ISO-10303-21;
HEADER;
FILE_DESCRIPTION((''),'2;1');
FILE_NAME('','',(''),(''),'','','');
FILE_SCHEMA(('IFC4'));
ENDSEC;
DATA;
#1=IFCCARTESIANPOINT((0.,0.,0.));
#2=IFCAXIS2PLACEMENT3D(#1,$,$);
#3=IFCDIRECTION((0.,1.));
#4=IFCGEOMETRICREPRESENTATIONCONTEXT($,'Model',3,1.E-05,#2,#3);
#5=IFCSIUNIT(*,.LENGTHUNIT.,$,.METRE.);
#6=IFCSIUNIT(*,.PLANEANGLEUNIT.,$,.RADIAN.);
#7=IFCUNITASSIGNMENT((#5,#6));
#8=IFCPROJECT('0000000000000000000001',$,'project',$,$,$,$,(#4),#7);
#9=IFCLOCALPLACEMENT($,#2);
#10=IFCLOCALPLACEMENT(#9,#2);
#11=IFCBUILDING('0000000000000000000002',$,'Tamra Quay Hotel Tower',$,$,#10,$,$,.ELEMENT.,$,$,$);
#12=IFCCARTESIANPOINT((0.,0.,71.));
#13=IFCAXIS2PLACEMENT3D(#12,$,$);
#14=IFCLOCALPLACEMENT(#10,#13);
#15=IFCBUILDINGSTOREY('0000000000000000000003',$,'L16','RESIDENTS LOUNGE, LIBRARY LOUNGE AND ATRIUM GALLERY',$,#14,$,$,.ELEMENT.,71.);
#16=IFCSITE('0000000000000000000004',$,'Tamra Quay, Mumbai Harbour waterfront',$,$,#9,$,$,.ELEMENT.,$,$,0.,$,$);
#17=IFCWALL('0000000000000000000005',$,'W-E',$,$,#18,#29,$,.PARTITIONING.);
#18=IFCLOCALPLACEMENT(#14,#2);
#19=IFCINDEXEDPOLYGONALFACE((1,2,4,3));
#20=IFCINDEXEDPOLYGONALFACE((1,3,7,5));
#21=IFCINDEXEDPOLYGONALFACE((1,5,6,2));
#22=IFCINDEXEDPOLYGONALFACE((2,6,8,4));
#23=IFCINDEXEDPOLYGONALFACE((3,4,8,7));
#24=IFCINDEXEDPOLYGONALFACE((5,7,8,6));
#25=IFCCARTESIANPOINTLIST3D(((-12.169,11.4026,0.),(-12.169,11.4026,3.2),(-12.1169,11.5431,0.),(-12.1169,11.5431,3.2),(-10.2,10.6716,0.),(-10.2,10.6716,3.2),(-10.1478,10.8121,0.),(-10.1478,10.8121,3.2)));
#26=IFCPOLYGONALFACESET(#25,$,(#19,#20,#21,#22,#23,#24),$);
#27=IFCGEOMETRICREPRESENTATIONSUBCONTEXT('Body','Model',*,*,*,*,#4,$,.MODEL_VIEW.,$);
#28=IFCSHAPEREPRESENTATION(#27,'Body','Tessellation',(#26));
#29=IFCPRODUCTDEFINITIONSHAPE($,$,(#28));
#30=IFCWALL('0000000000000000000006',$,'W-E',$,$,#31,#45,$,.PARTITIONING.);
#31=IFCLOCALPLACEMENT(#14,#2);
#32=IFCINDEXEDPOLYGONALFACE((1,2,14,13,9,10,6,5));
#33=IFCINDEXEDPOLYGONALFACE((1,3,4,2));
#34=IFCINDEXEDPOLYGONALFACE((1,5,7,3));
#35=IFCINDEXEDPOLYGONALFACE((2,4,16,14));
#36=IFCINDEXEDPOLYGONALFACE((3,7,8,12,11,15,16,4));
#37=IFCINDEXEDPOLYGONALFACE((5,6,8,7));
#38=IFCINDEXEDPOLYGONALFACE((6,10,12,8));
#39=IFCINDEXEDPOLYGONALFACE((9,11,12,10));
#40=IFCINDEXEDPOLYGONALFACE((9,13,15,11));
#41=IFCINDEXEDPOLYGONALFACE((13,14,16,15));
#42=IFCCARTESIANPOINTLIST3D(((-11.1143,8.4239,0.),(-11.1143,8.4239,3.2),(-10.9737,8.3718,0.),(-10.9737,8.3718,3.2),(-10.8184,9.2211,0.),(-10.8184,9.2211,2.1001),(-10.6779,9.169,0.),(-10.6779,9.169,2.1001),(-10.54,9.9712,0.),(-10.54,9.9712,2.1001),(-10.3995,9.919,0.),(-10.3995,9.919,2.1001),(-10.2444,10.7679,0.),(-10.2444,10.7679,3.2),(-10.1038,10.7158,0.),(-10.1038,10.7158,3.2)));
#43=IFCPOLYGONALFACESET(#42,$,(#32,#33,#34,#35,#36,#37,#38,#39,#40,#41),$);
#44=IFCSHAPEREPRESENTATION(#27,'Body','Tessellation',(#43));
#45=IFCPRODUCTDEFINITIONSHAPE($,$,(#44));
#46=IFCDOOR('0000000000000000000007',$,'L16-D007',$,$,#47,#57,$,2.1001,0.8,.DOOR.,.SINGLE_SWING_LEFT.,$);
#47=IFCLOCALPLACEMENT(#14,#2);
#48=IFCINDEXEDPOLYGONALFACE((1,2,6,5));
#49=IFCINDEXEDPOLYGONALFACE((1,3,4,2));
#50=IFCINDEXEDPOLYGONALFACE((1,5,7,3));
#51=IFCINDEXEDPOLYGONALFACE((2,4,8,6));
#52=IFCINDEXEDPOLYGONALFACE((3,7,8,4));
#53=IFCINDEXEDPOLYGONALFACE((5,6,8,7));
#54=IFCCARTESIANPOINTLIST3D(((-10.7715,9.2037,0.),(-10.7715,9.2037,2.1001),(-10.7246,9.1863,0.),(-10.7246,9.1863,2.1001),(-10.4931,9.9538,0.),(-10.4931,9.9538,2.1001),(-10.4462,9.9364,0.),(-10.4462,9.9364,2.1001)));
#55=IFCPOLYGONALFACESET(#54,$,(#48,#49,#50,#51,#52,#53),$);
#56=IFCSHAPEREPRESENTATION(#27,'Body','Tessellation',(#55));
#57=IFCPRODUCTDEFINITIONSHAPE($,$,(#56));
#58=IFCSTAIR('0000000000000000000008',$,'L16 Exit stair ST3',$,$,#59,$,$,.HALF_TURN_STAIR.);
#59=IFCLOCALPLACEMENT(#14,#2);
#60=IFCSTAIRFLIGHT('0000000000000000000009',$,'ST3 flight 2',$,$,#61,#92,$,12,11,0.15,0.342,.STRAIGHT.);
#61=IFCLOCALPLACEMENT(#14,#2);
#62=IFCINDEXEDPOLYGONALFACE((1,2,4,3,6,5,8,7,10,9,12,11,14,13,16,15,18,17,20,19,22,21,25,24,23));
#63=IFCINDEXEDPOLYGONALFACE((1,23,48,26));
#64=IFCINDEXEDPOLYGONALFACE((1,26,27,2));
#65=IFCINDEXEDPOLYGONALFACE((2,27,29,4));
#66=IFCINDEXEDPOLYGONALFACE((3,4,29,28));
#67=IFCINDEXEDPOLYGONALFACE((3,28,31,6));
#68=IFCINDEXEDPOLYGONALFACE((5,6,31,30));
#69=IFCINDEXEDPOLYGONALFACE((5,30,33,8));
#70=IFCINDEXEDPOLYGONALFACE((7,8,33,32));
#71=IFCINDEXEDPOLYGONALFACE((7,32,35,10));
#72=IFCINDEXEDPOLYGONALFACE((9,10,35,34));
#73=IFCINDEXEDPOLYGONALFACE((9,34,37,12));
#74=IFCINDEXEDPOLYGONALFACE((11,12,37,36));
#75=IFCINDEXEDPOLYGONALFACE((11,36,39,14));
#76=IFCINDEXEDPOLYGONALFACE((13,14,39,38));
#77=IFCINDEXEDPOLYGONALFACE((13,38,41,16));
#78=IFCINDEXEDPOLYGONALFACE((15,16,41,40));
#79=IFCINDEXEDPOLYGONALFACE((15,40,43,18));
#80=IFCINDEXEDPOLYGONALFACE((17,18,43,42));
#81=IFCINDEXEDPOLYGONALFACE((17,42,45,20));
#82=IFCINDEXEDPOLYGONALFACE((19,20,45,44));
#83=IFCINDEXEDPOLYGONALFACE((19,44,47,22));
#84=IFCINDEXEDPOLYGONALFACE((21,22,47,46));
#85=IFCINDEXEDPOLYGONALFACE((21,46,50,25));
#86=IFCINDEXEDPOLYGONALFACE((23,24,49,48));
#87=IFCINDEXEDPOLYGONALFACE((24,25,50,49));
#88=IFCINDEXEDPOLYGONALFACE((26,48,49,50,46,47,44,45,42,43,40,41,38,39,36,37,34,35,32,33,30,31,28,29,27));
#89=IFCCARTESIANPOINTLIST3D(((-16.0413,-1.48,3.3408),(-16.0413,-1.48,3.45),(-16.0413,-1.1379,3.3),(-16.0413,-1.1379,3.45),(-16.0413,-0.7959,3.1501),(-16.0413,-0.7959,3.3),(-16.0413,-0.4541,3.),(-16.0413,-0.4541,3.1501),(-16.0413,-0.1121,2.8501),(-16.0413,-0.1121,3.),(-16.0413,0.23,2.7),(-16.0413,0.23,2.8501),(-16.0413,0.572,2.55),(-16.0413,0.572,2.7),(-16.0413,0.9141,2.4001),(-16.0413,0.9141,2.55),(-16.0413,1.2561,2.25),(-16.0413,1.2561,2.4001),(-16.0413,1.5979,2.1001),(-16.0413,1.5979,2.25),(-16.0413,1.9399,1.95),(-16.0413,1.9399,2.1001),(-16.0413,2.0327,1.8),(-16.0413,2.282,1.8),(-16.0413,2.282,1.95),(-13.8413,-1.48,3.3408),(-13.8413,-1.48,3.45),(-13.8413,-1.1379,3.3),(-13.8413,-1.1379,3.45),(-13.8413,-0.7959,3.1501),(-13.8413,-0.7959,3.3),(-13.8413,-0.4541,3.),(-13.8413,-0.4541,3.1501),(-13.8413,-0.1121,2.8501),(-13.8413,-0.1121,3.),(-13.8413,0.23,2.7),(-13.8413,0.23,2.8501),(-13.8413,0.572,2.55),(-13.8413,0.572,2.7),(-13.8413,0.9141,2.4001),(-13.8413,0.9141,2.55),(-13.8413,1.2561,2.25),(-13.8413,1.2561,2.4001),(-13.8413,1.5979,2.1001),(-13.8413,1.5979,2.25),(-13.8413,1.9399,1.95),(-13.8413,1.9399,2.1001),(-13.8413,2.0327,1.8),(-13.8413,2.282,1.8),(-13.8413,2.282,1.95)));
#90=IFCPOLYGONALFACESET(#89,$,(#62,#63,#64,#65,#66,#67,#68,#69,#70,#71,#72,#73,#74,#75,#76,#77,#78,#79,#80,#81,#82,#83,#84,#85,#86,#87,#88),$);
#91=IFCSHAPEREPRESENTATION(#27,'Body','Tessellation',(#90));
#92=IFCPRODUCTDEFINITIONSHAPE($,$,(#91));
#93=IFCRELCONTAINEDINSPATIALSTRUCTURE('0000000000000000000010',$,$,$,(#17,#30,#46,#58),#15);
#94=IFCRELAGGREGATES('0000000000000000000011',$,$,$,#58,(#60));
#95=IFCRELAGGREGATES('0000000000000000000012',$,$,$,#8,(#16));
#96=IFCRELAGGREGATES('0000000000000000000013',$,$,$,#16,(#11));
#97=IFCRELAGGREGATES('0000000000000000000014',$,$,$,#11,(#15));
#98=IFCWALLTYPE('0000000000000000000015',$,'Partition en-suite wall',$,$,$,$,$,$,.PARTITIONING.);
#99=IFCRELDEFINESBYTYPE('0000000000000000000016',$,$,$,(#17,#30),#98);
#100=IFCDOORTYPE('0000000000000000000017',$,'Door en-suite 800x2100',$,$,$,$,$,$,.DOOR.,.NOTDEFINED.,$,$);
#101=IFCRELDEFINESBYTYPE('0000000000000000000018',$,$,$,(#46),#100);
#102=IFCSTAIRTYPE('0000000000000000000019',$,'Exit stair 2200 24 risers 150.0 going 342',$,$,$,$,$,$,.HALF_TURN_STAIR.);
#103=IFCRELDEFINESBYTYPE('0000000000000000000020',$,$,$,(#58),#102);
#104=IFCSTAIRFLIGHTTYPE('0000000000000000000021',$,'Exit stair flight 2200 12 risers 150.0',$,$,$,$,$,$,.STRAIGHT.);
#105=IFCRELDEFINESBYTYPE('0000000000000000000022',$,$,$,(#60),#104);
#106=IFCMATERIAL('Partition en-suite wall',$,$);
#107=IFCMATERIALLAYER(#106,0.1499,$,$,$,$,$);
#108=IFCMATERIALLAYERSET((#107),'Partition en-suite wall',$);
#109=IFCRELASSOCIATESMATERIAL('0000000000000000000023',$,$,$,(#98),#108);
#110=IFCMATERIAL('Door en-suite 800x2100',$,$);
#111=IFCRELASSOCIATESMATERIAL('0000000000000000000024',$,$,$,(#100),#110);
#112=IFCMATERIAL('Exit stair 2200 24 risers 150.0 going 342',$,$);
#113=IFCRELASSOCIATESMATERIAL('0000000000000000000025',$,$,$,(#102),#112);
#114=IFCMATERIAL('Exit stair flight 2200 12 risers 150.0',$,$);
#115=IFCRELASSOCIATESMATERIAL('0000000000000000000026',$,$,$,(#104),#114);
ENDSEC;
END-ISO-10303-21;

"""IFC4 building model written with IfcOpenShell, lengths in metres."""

from ifc_helpers import new_model, si_unit, direction, frame, frame_2d, origin, place, context, subcontext, project, spatial, polyline, rectangle, outline, extrude, material, layer, layer_set, type_object, element, fill, aggregate, save


model = new_model("IFC4")

# Units and contexts
model_context = context("Model", 3, precision=1e-05, world=origin(), true_north=direction((0.0, 1.0)))
body_context = subcontext(model_context, "Body", "Model", "MODEL_VIEW")
ifc_project = project(units=[si_unit("LENGTHUNIT", "METRE"), si_unit("PLANEANGLEUNIT", "RADIAN")], contexts=[model_context])

# Site, building, storey
site_placement = place(None, origin())
site = spatial("IfcSite", under=ifc_project, at=site_placement, Name="Tamra Quay, Mumbai Harbour waterfront", CompositionType="ELEMENT", RefElevation=0.0)
building_placement = place(site_placement, origin())
building = spatial("IfcBuilding", under=site, at=building_placement, Name="Tamra Quay Hotel Tower", CompositionType="ELEMENT")
storey_placement = place(building_placement, frame((0.0, 0.0, 71.0)))
storey = spatial("IfcBuildingStorey", under=building, at=storey_placement, Name="L16", Description="RESIDENTS LOUNGE, LIBRARY LOUNGE AND ATRIUM GALLERY", CompositionType="ELEMENT", Elevation=71.0)

# Wall
ifc_material_1 = material(Name="Partition en-suite wall")
ifc_layer_1 = layer(ifc_material_1, 0.1499)
ifc_layer_set_1 = layer_set([ifc_layer_1], Name="Partition en-suite wall")
wall_type_1 = type_object("IfcWallType", Name="Partition en-suite wall", PredefinedType="PARTITIONING", material=ifc_layer_set_1)
wall_1_placement = place(storey_placement, frame((-12.1431, 11.4729, 0.0), z_axis=(0.0, 0.0, 1.0), x_axis=(0.937485, -0.348026, 0.0)))
element("IfcWall", 1, at=wall_1_placement, inside=storey, type_object=wall_type_1, Name="W-E", PredefinedType="PARTITIONING", context=body_context, shape_type="SweptSolid", body=[
    extrude(rectangle(XDim=2.1003, YDim=0.1499, at=frame_2d((1.0503, 0.0))), origin(), (0.0, 0.0, 1.0), 3.2),
])

# Wall, opening, door
wall_2_placement = place(storey_placement, frame((-11.0439, 8.3979, 0.0), z_axis=(0.0, 0.0, 1.0), x_axis=(0.347922, 0.937524, 0.0)))
wall_2 = element("IfcWall", 2, at=wall_2_placement, inside=storey, type_object=wall_type_1, Name="W-E", PredefinedType="PARTITIONING", context=body_context, shape_type="SweptSolid", body=[
    extrude(rectangle(XDim=2.5002, YDim=0.1499, at=frame_2d((1.25, 0.0))), origin(), (0.0, 0.0, 1.0), 3.2),
])
opening_1_placement = place(wall_2_placement, frame((0.8503, 0.0, 0.0)))
opening_1 = element("IfcOpeningElement", 3, at=opening_1_placement, cuts=wall_2, PredefinedType="OPENING", context=body_context, shape_type="SweptSolid", body=[
    extrude(rectangle(XDim=0.8, YDim=2.1001, at=frame_2d((0.3999, 1.05))), frame((0.0, 0.085, 0.0), z_axis=(0.0, -1.0, 0.0), x_axis=(1.0, 0.0, 0.0)), (0.0, 0.0, 1.0), 0.1699),
])
ifc_material_2 = material(Name="Door en-suite 800x2100")
door_type_1 = type_object("IfcDoorType", Name="Door en-suite 800x2100", OperationType="NOTDEFINED", PredefinedType="DOOR", material=ifc_material_2)
door_1_placement = place(opening_1_placement, origin())
door_1 = element("IfcDoor", 4, at=door_1_placement, inside=storey, type_object=door_type_1, Name="L16-D007", OperationType="SINGLE_SWING_LEFT", OverallHeight=2.1001, OverallWidth=0.8, PredefinedType="DOOR", context=body_context, shape_type="SweptSolid", body=[
    extrude(rectangle(XDim=0.8, YDim=2.1001, at=frame_2d((0.3999, 1.05))), frame((0.0, 0.0249, 0.0), z_axis=(0.0, -1.0, 0.0), x_axis=(1.0, 0.0, 0.0)), (0.0, 0.0, 1.0), 0.05),
])
fill(opening_1, door_1)

# Stair, stair flight
ifc_material_3 = material(Name="Exit stair 2200 24 risers 150.0 going 342")
stair_type = type_object("IfcStairType", Name="Exit stair 2200 24 risers 150.0 going 342", PredefinedType="HALF_TURN_STAIR", material=ifc_material_3)
stair_placement = place(storey_placement, origin())
stair = element("IfcStair", 5, at=stair_placement, inside=storey, type_object=stair_type, Name="L16 Exit stair ST3", PredefinedType="HALF_TURN_STAIR")
ifc_material_4 = material(Name="Exit stair flight 2200 12 risers 150.0")
stair_flight_type = type_object("IfcStairFlightType", Name="Exit stair flight 2200 12 risers 150.0", PredefinedType="STRAIGHT", material=ifc_material_4)
stair_flight_placement = place(storey_placement, frame((-14.9414, 2.282, 1.8), z_axis=(0.0, 0.0, 1.0), x_axis=(0.0, -1.0, 0.0)))
stair_flight = element("IfcStairFlight", 6, at=stair_flight_placement, type_object=stair_flight_type, Name="ST3 flight 2", NumberOfRisers=12, NumberOfTreads=11, PredefinedType="STRAIGHT", RiserHeight=0.15, TreadLength=0.342, context=body_context, shape_type="SweptSolid", body=[
    extrude(outline(polyline([(0.0, 0.0), (0.0, 0.1499), (0.342, 0.1499), (0.342, 0.3), (0.6841, 0.3), (0.6841, 0.45), (1.0259, 0.45), (1.0259, 0.6001), (1.3679, 0.6001), (1.3679, 0.75), (1.71, 0.75), (1.71, 0.8999), (2.052, 0.8999), (2.052, 1.05), (2.394, 1.05), (2.394, 1.2), (2.7361, 1.2), (2.7361, 1.3501), (3.0779, 1.3501), (3.0779, 1.5), (3.4199, 1.5), (3.4199, 1.6499), (3.762, 1.6499), (3.762, 1.8), (3.762, 1.5408), (0.2493, 0.0), (0.0, 0.0)])), frame((0.0, 1.1001, 0.0), z_axis=(0.0, -1.0, 0.0), x_axis=(1.0, 0.0, 0.0)), (0.0, 0.0, 1.0), 2.2),
])
aggregate(stair, [stair_flight])

save(model, "model.ifc")
